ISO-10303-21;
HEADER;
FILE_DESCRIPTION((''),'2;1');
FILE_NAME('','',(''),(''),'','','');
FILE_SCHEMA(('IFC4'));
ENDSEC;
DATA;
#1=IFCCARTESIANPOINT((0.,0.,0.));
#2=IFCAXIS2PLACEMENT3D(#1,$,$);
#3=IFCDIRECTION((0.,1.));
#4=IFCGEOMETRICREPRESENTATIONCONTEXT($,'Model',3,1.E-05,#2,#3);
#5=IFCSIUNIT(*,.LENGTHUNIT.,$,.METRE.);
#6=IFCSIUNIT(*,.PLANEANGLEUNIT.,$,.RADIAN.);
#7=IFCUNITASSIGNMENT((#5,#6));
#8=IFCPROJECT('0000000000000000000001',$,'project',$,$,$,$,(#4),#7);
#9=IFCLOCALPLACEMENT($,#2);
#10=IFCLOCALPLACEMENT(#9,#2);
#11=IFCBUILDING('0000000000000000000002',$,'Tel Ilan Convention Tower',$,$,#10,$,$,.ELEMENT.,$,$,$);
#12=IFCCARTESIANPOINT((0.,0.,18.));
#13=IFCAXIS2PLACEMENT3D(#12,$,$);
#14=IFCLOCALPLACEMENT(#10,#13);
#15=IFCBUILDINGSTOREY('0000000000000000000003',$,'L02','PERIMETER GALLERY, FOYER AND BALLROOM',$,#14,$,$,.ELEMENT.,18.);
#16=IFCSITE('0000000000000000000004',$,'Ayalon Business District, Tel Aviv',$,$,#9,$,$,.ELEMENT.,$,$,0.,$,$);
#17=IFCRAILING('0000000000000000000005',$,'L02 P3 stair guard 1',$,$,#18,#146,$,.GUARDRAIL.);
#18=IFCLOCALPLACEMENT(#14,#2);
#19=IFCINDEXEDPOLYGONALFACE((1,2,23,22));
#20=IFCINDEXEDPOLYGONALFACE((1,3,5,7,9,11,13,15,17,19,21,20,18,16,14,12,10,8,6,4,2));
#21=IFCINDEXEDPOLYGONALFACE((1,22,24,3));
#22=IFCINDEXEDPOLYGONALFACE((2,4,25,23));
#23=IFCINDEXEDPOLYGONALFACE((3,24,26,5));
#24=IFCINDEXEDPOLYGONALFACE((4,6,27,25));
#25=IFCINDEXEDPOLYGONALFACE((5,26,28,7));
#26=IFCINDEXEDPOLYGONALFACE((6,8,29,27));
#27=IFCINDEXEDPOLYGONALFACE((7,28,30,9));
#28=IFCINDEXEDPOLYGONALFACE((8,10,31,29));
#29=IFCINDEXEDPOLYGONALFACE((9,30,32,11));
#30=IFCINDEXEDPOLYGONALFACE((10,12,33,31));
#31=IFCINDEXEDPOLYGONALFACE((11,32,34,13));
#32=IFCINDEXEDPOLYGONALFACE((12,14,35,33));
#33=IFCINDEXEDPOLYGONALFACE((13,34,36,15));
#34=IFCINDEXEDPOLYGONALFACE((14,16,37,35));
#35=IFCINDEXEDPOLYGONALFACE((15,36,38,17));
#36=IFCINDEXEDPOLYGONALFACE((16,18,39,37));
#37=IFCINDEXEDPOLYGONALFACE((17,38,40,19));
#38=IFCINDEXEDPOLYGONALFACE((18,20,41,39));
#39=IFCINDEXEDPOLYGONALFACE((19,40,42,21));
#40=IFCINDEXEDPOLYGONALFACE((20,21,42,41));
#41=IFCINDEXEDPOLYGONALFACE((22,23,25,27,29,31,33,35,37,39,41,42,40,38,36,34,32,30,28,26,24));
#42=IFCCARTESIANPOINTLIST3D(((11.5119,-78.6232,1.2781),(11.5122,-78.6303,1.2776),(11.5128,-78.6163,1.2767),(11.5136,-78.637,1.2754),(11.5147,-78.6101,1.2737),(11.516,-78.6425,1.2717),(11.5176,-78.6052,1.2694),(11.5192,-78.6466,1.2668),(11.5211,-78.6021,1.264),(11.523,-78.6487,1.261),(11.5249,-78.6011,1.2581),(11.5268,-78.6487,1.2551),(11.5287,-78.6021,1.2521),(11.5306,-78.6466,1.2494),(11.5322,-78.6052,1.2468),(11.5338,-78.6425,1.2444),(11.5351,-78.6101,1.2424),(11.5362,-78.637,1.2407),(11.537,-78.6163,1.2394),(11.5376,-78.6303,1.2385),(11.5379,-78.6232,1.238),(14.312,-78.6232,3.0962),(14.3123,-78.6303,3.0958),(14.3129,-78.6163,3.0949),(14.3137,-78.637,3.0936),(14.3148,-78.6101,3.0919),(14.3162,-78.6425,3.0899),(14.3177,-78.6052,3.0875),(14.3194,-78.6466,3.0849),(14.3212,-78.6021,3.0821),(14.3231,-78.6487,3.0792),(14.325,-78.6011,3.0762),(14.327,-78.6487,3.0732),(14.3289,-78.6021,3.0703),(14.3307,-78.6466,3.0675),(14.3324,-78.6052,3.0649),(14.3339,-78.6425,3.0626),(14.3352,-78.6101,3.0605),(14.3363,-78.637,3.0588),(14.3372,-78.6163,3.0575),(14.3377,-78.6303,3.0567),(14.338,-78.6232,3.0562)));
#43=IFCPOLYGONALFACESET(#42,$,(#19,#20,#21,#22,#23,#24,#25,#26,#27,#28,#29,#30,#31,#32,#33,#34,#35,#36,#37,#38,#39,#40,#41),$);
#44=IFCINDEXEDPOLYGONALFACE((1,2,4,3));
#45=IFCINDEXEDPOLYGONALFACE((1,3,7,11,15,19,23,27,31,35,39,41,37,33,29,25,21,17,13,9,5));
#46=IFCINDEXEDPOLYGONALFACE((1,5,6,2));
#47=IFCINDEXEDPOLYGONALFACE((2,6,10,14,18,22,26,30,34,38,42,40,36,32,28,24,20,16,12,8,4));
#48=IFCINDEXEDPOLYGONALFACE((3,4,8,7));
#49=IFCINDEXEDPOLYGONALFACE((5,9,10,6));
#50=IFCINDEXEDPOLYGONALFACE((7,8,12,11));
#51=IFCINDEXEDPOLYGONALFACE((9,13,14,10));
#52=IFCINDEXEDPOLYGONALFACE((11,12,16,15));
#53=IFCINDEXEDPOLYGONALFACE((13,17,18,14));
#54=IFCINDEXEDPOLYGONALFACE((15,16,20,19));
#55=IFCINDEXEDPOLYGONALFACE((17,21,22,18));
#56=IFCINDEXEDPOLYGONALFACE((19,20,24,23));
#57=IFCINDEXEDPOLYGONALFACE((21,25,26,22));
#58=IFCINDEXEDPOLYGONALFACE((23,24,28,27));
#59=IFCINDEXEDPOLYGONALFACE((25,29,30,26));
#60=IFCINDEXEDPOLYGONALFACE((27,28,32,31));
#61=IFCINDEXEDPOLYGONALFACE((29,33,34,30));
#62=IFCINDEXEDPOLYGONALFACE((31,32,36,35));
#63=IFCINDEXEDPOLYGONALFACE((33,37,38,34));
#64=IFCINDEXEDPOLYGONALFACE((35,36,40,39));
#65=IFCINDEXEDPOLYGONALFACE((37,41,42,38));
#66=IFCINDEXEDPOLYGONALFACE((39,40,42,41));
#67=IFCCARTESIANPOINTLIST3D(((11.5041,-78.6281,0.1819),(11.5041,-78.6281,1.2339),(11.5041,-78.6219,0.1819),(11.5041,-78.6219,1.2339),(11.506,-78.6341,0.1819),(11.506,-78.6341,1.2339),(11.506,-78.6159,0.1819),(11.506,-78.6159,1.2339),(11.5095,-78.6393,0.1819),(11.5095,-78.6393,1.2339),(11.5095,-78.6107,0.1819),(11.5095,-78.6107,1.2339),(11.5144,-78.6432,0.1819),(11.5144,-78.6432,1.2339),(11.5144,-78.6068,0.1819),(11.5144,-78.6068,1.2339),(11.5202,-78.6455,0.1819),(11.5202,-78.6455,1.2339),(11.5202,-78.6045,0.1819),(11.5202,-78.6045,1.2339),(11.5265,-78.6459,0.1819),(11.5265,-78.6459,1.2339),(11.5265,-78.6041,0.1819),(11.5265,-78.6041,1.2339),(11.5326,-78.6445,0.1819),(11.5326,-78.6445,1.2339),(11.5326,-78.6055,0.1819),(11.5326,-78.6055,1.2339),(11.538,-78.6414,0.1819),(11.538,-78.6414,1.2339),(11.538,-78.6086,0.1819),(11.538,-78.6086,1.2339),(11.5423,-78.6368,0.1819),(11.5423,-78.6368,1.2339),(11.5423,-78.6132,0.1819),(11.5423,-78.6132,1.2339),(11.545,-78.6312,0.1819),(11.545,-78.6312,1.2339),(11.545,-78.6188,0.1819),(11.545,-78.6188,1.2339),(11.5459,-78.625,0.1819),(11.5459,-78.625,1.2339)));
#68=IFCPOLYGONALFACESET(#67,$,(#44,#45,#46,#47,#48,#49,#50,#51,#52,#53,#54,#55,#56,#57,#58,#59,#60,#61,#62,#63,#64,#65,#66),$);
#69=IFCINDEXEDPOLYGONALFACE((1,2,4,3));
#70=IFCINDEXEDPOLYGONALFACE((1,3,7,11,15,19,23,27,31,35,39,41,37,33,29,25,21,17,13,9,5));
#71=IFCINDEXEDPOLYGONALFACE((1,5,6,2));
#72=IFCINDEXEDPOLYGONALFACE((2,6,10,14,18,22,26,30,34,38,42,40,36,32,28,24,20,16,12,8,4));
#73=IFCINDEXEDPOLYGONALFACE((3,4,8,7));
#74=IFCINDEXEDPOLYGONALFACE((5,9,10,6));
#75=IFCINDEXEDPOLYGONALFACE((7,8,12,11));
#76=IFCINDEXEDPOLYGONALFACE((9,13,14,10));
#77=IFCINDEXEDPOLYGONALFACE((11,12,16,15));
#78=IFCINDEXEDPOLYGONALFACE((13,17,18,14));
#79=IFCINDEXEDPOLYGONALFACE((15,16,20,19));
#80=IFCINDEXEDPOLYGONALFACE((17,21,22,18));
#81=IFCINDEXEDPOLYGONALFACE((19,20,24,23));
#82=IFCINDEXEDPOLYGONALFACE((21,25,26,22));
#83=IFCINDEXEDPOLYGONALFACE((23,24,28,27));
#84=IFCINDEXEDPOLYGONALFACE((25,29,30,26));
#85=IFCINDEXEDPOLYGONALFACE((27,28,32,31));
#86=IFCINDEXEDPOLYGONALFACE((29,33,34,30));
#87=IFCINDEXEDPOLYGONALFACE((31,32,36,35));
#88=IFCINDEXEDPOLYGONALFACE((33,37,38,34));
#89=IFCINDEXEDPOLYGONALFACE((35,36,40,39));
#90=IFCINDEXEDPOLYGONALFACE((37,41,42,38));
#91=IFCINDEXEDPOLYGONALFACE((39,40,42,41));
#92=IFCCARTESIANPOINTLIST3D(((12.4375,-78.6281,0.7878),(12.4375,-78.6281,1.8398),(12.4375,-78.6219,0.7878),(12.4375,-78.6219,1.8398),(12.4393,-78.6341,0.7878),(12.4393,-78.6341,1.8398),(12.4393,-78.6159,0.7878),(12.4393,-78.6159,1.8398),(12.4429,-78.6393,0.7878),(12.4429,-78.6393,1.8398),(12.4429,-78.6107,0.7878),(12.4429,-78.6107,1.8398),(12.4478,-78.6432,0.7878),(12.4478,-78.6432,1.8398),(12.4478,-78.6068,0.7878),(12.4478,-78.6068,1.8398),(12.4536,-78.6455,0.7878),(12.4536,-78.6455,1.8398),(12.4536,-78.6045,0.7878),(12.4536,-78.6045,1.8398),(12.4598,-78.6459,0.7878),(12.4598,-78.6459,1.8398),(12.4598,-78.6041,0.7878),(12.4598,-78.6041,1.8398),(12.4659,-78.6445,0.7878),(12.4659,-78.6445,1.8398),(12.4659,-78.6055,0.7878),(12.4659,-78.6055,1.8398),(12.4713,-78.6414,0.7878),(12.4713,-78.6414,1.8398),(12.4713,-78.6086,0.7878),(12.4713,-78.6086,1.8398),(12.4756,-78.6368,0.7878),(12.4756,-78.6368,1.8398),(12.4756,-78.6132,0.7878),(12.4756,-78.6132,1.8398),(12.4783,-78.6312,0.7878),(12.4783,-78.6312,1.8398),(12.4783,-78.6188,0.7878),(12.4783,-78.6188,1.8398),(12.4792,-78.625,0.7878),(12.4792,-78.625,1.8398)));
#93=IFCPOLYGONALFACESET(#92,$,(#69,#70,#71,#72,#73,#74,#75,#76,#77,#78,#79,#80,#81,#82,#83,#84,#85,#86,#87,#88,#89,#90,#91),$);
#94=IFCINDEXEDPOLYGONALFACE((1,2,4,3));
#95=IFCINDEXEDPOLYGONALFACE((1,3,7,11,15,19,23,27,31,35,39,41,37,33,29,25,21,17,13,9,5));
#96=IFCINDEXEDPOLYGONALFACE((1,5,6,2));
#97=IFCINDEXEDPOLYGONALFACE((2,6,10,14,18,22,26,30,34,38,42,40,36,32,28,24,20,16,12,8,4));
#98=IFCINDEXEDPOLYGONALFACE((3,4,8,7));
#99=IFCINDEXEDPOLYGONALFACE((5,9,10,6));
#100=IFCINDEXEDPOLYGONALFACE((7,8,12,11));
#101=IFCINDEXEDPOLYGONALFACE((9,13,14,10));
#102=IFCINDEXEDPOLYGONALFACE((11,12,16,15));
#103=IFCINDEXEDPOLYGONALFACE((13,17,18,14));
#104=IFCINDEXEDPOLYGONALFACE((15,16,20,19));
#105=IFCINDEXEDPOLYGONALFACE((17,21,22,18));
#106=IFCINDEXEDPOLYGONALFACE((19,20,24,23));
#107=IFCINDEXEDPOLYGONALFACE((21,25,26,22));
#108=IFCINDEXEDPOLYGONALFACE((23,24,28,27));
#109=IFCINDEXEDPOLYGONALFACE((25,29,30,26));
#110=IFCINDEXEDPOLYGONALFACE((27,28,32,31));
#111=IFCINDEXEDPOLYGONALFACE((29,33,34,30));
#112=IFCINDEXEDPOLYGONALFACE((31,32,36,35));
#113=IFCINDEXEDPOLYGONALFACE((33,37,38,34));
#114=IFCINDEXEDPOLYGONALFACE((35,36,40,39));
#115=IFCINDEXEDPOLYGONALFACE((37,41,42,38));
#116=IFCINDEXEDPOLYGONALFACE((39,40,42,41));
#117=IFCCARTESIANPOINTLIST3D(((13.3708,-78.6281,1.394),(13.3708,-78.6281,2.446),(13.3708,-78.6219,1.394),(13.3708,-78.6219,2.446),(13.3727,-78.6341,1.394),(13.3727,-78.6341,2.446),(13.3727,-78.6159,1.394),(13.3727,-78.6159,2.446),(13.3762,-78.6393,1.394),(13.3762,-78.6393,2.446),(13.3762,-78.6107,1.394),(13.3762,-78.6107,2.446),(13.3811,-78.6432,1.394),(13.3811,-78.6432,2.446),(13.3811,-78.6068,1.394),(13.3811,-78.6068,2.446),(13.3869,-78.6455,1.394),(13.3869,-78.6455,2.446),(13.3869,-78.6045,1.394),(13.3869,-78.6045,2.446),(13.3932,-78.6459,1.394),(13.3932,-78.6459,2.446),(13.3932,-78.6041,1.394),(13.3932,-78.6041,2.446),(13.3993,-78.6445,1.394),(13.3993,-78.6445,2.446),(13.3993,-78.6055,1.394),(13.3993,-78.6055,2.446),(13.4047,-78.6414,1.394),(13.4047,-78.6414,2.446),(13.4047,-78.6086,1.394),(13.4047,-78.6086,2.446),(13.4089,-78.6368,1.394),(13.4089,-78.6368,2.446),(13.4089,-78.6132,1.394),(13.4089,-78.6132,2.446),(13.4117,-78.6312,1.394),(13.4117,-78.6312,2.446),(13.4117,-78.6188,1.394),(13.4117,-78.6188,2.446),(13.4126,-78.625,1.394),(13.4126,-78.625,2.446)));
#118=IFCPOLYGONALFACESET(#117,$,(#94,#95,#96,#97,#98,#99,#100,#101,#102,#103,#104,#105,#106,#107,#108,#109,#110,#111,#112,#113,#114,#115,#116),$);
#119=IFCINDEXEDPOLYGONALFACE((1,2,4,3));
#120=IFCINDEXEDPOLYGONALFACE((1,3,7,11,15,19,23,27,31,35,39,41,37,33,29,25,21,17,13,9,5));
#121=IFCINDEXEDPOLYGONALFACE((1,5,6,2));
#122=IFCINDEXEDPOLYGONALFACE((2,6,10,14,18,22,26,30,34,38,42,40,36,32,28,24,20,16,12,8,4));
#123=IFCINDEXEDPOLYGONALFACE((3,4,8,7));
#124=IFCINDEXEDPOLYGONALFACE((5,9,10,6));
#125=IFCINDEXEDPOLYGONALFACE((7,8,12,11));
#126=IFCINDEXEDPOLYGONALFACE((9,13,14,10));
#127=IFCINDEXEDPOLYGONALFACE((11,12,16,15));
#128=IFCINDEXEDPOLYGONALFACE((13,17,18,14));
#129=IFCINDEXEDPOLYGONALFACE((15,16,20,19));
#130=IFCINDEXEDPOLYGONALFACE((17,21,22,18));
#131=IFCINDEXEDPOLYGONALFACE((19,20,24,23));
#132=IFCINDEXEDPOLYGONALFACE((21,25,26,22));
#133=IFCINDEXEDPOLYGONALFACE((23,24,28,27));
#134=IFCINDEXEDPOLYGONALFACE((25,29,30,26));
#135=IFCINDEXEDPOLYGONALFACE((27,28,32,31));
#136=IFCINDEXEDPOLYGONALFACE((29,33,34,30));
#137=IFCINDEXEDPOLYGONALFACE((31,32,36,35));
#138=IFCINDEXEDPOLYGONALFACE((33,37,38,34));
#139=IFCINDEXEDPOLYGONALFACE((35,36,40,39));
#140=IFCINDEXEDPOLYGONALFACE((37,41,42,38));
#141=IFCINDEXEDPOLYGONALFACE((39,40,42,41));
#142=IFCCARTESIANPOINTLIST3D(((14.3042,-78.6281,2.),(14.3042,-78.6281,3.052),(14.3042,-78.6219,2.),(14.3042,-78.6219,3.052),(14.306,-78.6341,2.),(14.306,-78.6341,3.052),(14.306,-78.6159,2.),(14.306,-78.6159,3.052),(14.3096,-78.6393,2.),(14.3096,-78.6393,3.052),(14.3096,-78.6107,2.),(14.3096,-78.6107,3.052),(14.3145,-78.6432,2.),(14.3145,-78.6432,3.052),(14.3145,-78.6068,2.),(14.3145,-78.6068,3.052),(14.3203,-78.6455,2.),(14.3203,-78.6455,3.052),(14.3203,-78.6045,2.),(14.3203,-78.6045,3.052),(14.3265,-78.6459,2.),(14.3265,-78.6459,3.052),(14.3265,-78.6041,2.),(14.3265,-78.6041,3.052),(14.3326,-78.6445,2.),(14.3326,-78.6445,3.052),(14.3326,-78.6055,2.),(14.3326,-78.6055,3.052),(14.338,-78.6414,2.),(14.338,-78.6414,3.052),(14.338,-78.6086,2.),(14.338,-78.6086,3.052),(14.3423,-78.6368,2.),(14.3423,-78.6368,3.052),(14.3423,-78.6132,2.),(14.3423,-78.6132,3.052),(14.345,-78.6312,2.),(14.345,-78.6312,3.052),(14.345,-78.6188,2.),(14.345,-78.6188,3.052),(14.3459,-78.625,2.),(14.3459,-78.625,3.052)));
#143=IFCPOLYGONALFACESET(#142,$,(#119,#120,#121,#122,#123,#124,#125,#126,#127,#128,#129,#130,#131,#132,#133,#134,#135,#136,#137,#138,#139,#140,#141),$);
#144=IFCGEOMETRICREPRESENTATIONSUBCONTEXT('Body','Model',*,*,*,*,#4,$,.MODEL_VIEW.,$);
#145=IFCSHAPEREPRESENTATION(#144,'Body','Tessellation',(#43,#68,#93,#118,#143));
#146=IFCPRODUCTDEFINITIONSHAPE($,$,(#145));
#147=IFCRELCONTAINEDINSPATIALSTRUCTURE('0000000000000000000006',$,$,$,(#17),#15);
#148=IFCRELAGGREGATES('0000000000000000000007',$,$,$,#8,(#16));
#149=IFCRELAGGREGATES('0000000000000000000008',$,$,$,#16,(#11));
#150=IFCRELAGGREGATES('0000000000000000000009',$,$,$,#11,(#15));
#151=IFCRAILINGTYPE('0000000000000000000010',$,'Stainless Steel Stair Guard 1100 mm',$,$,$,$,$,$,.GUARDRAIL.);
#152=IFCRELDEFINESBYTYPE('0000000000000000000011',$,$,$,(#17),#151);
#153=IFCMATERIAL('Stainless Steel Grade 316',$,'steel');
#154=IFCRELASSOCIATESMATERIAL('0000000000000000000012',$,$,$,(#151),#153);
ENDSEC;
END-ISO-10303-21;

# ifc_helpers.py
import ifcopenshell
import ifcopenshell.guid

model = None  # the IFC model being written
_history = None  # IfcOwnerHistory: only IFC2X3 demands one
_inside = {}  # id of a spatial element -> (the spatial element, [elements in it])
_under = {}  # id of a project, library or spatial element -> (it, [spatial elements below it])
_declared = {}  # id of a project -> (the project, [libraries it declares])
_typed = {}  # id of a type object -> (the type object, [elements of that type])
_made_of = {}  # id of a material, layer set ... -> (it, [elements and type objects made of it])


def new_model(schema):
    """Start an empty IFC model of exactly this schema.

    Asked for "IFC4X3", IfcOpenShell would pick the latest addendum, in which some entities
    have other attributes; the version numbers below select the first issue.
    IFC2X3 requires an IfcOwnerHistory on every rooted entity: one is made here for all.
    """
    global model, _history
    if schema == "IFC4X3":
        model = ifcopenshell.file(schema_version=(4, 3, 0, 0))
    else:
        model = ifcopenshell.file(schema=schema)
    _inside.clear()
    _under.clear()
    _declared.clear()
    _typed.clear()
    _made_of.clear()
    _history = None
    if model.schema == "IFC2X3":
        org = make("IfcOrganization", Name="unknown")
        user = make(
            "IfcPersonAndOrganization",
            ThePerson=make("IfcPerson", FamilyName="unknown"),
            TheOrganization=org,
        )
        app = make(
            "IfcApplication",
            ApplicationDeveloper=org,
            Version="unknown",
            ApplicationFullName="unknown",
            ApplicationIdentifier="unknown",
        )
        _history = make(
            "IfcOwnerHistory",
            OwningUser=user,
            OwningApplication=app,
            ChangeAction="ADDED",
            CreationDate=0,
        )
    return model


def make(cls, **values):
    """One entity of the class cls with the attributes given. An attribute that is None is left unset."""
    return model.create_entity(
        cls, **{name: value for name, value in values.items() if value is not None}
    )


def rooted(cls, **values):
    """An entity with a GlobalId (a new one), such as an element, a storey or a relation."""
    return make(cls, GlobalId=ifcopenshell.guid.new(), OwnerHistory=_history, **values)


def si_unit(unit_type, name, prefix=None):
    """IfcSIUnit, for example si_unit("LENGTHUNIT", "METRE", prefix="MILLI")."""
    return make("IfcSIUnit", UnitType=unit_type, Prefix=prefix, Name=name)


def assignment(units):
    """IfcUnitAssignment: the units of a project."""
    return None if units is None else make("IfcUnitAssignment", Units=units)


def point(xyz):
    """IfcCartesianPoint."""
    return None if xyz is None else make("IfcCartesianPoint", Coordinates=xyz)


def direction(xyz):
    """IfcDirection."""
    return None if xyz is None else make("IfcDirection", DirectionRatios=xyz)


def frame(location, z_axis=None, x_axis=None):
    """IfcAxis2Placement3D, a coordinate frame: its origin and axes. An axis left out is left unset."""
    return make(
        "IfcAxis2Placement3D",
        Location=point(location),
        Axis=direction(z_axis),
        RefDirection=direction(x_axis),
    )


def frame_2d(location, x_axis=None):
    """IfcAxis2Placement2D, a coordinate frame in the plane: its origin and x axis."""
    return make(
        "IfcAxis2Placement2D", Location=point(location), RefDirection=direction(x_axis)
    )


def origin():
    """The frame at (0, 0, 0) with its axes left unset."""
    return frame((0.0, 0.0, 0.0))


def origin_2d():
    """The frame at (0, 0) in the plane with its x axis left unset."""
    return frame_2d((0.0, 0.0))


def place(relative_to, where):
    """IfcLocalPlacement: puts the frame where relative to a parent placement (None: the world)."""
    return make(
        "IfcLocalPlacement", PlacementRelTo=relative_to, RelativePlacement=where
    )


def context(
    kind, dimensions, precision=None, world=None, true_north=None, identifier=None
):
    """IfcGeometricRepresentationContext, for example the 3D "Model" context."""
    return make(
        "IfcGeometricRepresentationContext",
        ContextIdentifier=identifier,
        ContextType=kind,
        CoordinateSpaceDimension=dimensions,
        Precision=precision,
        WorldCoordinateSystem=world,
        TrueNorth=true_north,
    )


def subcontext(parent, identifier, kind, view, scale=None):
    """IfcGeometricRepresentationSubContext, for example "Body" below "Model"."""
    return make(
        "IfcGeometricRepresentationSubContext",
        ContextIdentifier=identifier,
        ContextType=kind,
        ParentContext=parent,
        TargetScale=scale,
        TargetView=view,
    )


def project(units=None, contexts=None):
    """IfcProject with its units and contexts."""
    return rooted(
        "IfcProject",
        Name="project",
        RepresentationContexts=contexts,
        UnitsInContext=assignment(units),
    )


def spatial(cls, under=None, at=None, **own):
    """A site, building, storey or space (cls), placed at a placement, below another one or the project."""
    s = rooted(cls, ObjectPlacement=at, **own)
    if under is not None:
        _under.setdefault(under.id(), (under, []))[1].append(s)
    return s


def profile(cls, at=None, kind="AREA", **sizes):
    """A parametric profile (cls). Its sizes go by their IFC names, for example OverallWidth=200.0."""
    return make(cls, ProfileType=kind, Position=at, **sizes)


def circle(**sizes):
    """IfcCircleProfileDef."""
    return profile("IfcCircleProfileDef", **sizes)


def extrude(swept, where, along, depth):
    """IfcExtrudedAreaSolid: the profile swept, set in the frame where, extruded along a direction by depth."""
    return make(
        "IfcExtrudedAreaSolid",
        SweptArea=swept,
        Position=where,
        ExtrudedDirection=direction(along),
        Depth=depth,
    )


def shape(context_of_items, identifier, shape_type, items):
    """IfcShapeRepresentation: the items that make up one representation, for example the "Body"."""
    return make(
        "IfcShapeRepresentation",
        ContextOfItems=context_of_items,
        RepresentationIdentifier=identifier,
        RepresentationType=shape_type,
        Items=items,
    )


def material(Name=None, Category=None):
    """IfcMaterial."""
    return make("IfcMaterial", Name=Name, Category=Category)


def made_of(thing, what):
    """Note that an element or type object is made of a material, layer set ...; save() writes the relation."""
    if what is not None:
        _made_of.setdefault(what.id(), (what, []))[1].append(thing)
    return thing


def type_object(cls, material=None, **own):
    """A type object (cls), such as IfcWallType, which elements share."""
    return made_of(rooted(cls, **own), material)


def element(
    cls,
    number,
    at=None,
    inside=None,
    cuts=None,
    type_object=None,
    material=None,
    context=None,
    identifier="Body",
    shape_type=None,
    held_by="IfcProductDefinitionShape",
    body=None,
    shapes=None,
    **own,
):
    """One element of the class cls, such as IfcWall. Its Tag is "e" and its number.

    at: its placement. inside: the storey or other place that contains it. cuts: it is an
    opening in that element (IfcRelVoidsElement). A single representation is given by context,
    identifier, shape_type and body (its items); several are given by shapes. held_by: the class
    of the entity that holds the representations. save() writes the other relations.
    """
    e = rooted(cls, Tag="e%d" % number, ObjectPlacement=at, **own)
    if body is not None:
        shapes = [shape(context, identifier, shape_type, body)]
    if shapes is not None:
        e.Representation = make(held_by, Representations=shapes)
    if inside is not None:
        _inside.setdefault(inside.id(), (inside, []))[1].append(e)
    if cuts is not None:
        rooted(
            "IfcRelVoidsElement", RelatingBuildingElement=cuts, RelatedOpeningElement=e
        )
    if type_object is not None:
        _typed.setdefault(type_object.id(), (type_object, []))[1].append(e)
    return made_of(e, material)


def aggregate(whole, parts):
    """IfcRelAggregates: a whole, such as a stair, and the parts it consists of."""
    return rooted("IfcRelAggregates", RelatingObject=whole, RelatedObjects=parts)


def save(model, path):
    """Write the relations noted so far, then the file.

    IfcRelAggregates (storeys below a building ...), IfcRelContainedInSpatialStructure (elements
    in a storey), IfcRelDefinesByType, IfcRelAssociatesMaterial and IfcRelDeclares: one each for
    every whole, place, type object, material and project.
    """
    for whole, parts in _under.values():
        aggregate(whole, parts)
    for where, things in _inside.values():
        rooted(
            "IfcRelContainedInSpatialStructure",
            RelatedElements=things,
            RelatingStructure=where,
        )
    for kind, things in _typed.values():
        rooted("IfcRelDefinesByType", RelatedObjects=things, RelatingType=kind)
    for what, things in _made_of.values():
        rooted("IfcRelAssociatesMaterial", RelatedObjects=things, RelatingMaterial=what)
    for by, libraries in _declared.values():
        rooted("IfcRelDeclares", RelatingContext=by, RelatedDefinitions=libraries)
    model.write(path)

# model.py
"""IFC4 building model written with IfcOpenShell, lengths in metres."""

from ifc_helpers import new_model, si_unit, direction, frame, origin, origin_2d, place, context, subcontext, project, spatial, circle, extrude, material, type_object, element, save


model = new_model("IFC4")

# Units and contexts
model_context = context("Model", 3, precision=1e-05, world=origin(), true_north=direction((0.0, 1.0)))
body_context = subcontext(model_context, "Body", "Model", "MODEL_VIEW")
ifc_project = project(units=[si_unit("LENGTHUNIT", "METRE"), si_unit("PLANEANGLEUNIT", "RADIAN")], contexts=[model_context])

# Site, building, storey
site_placement = place(None, origin())
site = spatial("IfcSite", under=ifc_project, at=site_placement, Name="Ayalon Business District, Tel Aviv", CompositionType="ELEMENT", RefElevation=0.0)
building_placement = place(site_placement, origin())
building = spatial("IfcBuilding", under=site, at=building_placement, Name="Tel Ilan Convention Tower", CompositionType="ELEMENT")
storey_placement = place(building_placement, frame((0.0, 0.0, 18.0)))
storey = spatial("IfcBuildingStorey", under=building, at=storey_placement, Name="L02", Description="PERIMETER GALLERY, FOYER AND BALLROOM", CompositionType="ELEMENT", Elevation=18.0)

# Railing
ifc_material_1 = material(Name="Stainless Steel Grade 316", Category="steel")
railing_type_1 = type_object("IfcRailingType", Name="Stainless Steel Stair Guard 1100 mm", PredefinedType="GUARDRAIL", material=ifc_material_1)
railing_1_placement = place(storey_placement, frame((11.5249, -78.625, 0.1819)))
element("IfcRailing", 1, at=railing_1_placement, inside=storey, type_object=railing_type_1, Name="L02 P3 stair guard 1", PredefinedType="GUARDRAIL", context=body_context, shape_type="SweptSolid", body=[
    extrude(circle(Radius=0.0239, at=origin_2d()), frame((0.0, 0.0, 1.0762), z_axis=(0.838706, 0.0, 0.544585), x_axis=(0.0, 1.0, 0.0)), (0.0, 0.0, 1.0), 3.3386),
    extrude(circle(Radius=0.021, at=origin_2d()), origin(), (0.0, 0.0, 1.0), 1.052),
    extrude(circle(Radius=0.021, at=origin_2d()), frame((0.9333, 0.0, 0.606)), (0.0, 0.0, 1.0), 1.052),
    extrude(circle(Radius=0.021, at=origin_2d()), frame((1.8667, 0.0, 1.2122)), (0.0, 0.0, 1.0), 1.052),
    extrude(circle(Radius=0.021, at=origin_2d()), frame((2.8, 0.0, 1.8181)), (0.0, 0.0, 1.0), 1.052),
])

save(model, "model.ifc")
